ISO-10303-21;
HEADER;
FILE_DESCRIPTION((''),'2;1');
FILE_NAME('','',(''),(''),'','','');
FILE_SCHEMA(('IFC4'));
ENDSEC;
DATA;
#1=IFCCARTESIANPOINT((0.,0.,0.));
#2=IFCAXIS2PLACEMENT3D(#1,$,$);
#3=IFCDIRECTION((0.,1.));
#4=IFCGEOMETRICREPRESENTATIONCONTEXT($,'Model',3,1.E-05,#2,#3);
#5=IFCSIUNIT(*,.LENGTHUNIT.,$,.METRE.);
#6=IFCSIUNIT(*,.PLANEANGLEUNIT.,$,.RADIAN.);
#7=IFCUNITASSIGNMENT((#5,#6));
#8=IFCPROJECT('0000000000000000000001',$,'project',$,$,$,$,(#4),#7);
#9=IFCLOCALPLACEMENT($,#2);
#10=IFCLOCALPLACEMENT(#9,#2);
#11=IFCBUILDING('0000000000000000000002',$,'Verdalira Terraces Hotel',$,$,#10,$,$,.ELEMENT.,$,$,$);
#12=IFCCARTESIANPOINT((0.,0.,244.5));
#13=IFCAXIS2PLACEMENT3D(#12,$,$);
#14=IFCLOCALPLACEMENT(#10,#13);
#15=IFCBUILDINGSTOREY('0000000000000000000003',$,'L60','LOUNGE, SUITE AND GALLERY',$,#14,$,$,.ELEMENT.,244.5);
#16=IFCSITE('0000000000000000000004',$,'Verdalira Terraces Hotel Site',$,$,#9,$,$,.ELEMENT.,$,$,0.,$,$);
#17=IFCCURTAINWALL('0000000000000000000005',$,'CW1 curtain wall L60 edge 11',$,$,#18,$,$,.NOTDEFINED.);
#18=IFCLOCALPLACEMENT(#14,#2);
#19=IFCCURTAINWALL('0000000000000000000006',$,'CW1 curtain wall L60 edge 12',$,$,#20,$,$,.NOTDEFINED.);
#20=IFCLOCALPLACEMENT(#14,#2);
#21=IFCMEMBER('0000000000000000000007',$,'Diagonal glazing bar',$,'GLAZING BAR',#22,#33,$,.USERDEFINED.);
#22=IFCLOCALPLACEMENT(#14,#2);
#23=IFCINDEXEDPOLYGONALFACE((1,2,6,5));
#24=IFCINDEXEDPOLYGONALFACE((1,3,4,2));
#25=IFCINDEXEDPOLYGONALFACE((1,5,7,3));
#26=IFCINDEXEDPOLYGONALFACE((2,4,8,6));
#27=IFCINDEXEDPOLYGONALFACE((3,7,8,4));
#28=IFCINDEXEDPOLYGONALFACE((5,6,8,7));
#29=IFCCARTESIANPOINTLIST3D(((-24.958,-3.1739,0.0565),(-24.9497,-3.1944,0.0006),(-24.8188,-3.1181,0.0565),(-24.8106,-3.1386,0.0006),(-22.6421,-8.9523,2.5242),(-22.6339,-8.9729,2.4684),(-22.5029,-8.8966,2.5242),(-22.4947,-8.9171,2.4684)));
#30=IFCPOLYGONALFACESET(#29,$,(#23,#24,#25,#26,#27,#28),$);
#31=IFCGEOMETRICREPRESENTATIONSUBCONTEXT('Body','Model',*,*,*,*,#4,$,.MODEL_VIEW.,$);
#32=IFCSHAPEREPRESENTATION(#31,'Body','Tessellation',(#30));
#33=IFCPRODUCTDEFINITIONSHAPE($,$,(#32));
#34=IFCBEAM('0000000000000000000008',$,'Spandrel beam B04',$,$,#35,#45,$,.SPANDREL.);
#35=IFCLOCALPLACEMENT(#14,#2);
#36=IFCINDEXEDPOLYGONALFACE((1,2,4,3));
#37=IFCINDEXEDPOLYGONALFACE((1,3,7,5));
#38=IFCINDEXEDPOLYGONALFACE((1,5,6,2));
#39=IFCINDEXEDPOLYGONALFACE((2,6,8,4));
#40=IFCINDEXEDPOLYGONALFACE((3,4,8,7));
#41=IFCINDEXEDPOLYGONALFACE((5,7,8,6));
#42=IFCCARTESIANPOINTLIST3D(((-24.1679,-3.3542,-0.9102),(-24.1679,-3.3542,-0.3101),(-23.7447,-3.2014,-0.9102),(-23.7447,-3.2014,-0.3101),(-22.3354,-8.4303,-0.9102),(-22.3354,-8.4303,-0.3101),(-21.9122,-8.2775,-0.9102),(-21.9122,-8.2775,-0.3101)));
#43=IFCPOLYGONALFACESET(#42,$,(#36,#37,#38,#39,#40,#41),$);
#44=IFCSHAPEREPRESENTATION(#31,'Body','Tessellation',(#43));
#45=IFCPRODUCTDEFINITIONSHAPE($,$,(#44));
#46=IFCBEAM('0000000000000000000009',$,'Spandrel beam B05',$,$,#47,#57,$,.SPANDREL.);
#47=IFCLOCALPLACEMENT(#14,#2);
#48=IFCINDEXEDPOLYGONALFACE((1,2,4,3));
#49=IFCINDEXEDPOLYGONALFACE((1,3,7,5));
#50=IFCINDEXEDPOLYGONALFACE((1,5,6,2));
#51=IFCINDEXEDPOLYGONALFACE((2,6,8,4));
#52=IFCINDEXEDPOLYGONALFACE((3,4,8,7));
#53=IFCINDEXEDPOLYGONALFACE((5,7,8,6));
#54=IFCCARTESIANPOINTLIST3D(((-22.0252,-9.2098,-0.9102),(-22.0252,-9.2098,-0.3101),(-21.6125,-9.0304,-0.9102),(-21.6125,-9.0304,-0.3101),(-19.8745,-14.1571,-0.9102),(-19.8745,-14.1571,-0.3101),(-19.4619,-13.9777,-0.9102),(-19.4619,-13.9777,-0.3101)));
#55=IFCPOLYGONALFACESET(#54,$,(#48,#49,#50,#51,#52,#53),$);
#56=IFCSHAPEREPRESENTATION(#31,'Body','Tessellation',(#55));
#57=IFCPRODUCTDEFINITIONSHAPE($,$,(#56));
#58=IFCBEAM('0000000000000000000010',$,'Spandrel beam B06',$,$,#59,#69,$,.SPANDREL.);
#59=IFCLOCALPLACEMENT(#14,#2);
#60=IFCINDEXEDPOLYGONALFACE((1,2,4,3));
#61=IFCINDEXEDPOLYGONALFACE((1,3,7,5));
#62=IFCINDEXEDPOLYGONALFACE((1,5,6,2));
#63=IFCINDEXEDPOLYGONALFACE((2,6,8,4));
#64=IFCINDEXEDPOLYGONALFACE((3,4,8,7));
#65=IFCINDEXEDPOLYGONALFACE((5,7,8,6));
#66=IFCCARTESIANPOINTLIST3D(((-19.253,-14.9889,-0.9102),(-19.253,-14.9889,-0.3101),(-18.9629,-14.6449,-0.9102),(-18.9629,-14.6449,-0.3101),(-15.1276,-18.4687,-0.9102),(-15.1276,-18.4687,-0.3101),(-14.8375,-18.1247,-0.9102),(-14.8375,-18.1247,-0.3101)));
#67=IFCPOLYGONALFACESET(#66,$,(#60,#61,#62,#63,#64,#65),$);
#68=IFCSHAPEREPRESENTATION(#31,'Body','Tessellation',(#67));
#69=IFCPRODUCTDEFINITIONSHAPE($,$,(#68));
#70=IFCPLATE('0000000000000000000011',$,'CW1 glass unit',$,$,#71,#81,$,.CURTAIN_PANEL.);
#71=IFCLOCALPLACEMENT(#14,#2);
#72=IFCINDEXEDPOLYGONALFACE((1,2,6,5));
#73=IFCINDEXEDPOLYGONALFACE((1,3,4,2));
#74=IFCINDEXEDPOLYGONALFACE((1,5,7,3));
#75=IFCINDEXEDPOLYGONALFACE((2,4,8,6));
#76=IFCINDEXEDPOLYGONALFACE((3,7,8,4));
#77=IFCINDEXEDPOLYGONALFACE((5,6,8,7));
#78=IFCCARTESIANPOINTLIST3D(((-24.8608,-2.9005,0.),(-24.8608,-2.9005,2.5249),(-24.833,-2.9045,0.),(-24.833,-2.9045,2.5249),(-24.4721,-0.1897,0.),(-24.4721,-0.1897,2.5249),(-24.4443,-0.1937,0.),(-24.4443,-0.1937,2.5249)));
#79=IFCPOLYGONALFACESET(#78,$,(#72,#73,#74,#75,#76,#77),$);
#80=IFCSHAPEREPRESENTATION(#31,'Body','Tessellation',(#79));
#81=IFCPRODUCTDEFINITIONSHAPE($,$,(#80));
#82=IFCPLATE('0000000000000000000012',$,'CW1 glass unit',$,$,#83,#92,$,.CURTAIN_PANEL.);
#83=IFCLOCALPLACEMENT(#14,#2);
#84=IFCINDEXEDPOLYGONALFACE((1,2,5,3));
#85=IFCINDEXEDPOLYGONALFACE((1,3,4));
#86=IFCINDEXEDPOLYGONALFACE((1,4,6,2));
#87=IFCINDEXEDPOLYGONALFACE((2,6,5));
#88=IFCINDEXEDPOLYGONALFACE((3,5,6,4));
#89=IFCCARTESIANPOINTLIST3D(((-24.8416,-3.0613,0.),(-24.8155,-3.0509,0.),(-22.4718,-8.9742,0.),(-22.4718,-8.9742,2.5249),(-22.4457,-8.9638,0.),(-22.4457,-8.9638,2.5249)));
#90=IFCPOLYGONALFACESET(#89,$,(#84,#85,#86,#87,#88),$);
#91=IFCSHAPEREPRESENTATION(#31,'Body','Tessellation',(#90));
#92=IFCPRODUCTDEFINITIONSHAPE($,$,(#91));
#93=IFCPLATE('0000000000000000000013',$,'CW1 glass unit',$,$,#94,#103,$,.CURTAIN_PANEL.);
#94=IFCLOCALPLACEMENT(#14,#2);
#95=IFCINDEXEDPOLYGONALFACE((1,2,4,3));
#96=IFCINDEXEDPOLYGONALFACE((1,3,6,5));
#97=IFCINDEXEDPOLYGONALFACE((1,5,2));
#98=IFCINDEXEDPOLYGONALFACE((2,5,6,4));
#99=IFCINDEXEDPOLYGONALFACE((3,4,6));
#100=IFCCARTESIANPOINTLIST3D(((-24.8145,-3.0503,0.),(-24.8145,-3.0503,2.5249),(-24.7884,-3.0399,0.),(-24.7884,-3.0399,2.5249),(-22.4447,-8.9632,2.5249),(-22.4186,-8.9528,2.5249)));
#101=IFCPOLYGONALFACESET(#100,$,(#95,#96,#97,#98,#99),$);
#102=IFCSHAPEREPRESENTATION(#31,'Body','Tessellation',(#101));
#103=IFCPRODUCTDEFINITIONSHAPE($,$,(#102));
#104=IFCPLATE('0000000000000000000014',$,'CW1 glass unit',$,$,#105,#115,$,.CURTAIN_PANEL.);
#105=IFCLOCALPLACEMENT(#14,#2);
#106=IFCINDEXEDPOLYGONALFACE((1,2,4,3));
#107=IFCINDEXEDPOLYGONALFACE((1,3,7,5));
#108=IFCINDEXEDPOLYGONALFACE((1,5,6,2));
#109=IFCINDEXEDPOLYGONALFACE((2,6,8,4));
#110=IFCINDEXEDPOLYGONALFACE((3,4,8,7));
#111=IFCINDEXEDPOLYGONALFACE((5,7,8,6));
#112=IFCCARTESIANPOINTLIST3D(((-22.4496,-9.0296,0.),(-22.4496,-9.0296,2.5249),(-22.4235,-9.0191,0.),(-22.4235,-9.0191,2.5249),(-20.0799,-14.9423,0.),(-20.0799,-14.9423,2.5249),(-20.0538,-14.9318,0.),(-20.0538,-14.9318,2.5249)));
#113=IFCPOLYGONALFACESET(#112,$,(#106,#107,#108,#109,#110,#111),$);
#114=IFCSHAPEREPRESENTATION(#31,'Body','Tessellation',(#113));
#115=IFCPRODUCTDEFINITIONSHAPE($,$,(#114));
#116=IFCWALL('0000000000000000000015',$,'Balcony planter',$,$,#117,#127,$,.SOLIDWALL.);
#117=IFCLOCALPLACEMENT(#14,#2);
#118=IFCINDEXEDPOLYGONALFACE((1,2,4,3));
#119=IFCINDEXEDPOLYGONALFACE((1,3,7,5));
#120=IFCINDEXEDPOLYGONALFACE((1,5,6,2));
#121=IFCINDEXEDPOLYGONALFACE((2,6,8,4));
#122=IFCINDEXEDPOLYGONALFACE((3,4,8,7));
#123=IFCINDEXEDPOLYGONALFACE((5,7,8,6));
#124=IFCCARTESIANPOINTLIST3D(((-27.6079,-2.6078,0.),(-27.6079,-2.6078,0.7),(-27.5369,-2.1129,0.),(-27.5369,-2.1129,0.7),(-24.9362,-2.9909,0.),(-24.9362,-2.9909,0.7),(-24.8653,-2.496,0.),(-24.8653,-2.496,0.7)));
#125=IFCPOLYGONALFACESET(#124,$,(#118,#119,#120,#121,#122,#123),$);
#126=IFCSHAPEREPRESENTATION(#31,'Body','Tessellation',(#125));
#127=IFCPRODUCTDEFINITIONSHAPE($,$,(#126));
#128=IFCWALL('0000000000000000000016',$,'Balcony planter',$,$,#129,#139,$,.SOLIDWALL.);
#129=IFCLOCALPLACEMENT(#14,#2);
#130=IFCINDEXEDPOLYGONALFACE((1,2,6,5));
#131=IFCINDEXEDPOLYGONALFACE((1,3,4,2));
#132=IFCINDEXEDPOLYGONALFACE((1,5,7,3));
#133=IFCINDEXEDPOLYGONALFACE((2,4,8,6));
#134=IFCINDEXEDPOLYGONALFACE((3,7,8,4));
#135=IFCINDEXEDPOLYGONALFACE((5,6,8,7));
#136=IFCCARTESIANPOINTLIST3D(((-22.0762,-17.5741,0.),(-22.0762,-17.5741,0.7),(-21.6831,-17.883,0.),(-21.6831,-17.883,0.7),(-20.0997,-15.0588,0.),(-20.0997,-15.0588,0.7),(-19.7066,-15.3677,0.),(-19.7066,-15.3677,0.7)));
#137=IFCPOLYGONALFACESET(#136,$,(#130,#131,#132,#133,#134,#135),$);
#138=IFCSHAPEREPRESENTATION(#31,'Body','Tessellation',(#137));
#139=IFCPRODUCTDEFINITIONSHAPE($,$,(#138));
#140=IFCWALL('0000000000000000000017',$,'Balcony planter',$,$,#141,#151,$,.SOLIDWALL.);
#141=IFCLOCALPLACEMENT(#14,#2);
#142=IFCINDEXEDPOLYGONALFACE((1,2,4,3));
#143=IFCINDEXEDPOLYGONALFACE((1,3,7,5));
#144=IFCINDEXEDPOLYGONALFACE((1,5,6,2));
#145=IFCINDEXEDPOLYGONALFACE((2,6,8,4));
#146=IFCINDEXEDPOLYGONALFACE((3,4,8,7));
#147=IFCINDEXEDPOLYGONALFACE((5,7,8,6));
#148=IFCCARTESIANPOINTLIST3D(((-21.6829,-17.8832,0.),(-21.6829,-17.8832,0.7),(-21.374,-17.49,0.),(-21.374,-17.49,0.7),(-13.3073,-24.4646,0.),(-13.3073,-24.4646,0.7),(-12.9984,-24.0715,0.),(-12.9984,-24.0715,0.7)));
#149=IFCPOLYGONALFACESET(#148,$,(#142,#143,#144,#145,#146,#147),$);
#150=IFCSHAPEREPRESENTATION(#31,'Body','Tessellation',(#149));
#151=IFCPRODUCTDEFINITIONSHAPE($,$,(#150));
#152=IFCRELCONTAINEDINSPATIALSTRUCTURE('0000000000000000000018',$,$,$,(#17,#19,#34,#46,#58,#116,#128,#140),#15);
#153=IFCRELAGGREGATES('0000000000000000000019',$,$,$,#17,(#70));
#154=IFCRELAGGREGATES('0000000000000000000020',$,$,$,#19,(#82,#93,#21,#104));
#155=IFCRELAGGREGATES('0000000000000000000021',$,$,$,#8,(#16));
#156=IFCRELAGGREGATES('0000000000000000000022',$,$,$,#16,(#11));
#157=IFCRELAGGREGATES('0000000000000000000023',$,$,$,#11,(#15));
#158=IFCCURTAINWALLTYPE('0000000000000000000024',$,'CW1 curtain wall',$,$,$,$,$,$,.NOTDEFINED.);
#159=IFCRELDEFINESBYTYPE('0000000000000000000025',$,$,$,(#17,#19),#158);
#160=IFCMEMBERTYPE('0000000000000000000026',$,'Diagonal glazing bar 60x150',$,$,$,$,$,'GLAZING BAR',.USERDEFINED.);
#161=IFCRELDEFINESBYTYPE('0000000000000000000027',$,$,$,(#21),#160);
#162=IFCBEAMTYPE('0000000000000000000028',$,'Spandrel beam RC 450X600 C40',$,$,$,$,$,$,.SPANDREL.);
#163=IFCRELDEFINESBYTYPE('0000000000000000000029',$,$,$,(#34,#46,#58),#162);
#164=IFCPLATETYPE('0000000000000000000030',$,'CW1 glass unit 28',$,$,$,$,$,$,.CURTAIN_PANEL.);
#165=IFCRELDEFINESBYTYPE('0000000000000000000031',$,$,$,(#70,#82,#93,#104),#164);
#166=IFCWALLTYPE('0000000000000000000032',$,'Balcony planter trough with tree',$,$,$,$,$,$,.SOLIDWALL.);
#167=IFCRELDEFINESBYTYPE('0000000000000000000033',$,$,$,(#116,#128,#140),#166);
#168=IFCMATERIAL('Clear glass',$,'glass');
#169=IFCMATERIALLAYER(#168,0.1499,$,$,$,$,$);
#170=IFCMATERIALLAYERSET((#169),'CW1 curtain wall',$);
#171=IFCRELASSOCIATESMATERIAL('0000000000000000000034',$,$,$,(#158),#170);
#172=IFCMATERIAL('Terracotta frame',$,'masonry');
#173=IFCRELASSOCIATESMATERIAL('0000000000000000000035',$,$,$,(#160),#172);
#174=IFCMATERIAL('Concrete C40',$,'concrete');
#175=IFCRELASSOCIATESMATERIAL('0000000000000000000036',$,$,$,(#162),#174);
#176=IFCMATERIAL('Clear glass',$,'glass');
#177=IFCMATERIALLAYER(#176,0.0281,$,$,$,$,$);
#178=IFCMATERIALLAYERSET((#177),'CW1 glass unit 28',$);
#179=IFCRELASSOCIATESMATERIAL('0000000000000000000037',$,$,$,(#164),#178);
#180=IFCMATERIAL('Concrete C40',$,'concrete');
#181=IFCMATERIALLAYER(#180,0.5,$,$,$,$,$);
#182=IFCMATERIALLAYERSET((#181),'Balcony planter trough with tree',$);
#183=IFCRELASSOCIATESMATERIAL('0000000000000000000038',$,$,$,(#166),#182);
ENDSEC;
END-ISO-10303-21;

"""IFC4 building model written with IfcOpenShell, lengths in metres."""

from ifc_helpers import new_model, si_unit, direction, frame, frame_2d, origin, origin_2d, place, context, subcontext, project, spatial, polyline, rectangle, outline, extrude, material, layer, layer_set, material_profile, profile_set, type_object, element, aggregate, save


model = new_model("IFC4")

# Units and contexts
model_context = context("Model", 3, precision=1e-05, world=origin(), true_north=direction((0.0, 1.0)))
body_context = subcontext(model_context, "Body", "Model", "MODEL_VIEW")
ifc_project = project(units=[si_unit("LENGTHUNIT", "METRE"), si_unit("PLANEANGLEUNIT", "RADIAN")], contexts=[model_context])

# Site, building, storey
site_placement = place(None, origin())
site = spatial("IfcSite", under=ifc_project, at=site_placement, Name="Verdalira Terraces Hotel Site", CompositionType="ELEMENT", RefElevation=0.0)
building_placement = place(site_placement, origin())
building = spatial("IfcBuilding", under=site, at=building_placement, Name="Verdalira Terraces Hotel", CompositionType="ELEMENT")
storey_placement = place(building_placement, frame((0.0, 0.0, 244.5)))
storey = spatial("IfcBuildingStorey", under=building, at=storey_placement, Name="L60", Description="LOUNGE, SUITE AND GALLERY", CompositionType="ELEMENT", Elevation=244.5)

# Curtain wall
ifc_material_1 = material(Name="Clear glass", Category="glass")
ifc_layer_1 = layer(ifc_material_1, 0.1499)
ifc_layer_set_1 = layer_set([ifc_layer_1], Name="CW1 curtain wall")
curtain_wall_type = type_object("IfcCurtainWallType", Name="CW1 curtain wall", PredefinedType="NOTDEFINED", material=ifc_layer_set_1)
curtain_wall_1_placement = place(storey_placement, origin())
curtain_wall_1 = element("IfcCurtainWall", 1, at=curtain_wall_1_placement, inside=storey, type_object=curtain_wall_type, Name="CW1 curtain wall L60 edge 11", PredefinedType="NOTDEFINED")

# Curtain wall
curtain_wall_2_placement = place(storey_placement, origin())
curtain_wall_2 = element("IfcCurtainWall", 2, at=curtain_wall_2_placement, inside=storey, type_object=curtain_wall_type, Name="CW1 curtain wall L60 edge 12", PredefinedType="NOTDEFINED")

# Member
ifc_material_2 = material(Name="Terracotta frame", Category="masonry")
ifc_material_profile_1 = material_profile(ifc_material_2, rectangle(XDim=0.1499, YDim=0.0601, at=origin_2d()), Name="GB 60x150")
ifc_profile_set_1 = profile_set([ifc_material_profile_1], Name="Terracotta frame")
member_type_1 = type_object("IfcMemberType", Name="Diagonal glazing bar 60x150", ElementType="GLAZING BAR", PredefinedType="USERDEFINED", material=ifc_profile_set_1)
member_1_placement = place(storey_placement, frame((-24.8843, -3.1562, 0.0286), z_axis=(0.345832, -0.862903, 0.368508), x_axis=(0.928228, 0.372013, 0.0)))
member_1 = element("IfcMember", 3, at=member_1_placement, type_object=member_type_1, Name="Diagonal glazing bar", ObjectType="GLAZING BAR", PredefinedType="USERDEFINED", context=body_context, shape_type="SweptSolid", body=[
    extrude(rectangle(XDim=0.1499, YDim=0.0601, at=origin_2d()), origin(), (0.0, 0.0, 1.0), 6.6965),
])

# Beams
ifc_material_3 = material(Name="Concrete C40", Category="concrete")
ifc_material_profile_2 = material_profile(ifc_material_3, rectangle(XDim=0.45, YDim=0.6001, at=origin_2d()), Name="RC 450X600")
ifc_profile_set_2 = profile_set([ifc_material_profile_2], Name="Concrete C40")
beam_type_1 = type_object("IfcBeamType", Name="Spandrel beam RC 450X600 C40", PredefinedType="SPANDREL", material=ifc_profile_set_2)
beam_1_placement = place(storey_placement, frame((-23.9563, -3.2778, -0.6101), z_axis=(0.339556, -0.940586, 0.0), x_axis=(0.940586, 0.339556, 0.0)))
element("IfcBeam", 4, at=beam_1_placement, inside=storey, type_object=beam_type_1, Name="Spandrel beam B04", PredefinedType="SPANDREL", context=body_context, shape_type="SweptSolid", body=[
    extrude(rectangle(XDim=0.45, YDim=0.6001, at=origin_2d()), origin(), (0.0, 0.0, 1.0), 5.3967),
])
beam_2_placement = place(storey_placement, frame((-21.8188, -9.1201, -0.6101), z_axis=(0.398672, -0.917094, 0.0), x_axis=(0.917094, 0.398672, 0.0)))
element("IfcBeam", 5, at=beam_2_placement, inside=storey, type_object=beam_type_1, Name="Spandrel beam B05", PredefinedType="SPANDREL", context=body_context, shape_type="SweptSolid", body=[
    extrude(rectangle(XDim=0.45, YDim=0.6001, at=origin_2d()), origin(), (0.0, 0.0, 1.0), 5.3945),
])
beam_3_placement = place(storey_placement, frame((-19.1079, -14.8169, -0.6101), z_axis=(0.764377, -0.644769, 0.0), x_axis=(0.644769, 0.764377, 0.0)))
element("IfcBeam", 6, at=beam_3_placement, inside=storey, type_object=beam_type_1, Name="Spandrel beam B06", PredefinedType="SPANDREL", context=body_context, shape_type="SweptSolid", body=[
    extrude(rectangle(XDim=0.45, YDim=0.6001, at=origin_2d()), origin(), (0.0, 0.0, 1.0), 5.397),
])

# Plates
ifc_material_4 = material(Name="Clear glass", Category="glass")
ifc_layer_2 = layer(ifc_material_4, 0.0281)
ifc_layer_set_2 = layer_set([ifc_layer_2], Name="CW1 glass unit 28")
plate_type = type_object("IfcPlateType", Name="CW1 glass unit 28", PredefinedType="CURTAIN_PANEL", material=ifc_layer_set_2)
plate_1_placement = place(storey_placement, frame((-24.6526, -1.5471, 0.0), z_axis=(0.0, 0.0, 1.0), x_axis=(-0.141938, -0.989876, 0.0)))
plate_1 = element("IfcPlate", 7, at=plate_1_placement, type_object=plate_type, Name="CW1 glass unit", PredefinedType="CURTAIN_PANEL", context=body_context, shape_type="SweptSolid", body=[
    extrude(rectangle(XDim=2.7385, YDim=0.0281, at=origin_2d()), origin(), (0.0, 0.0, 1.0), 2.5249),
])
aggregate(curtain_wall_1, [plate_1])
plate_2_placement = place(storey_placement, frame((-23.6306, -6.0073, 1.2625), z_axis=(-0.928226, -0.372016, 0.0), x_axis=(0.372016, -0.928226, 0.0)))
plate_2 = element("IfcPlate", 8, at=plate_2_placement, type_object=plate_type, Name="CW1 glass unit", PredefinedType="CURTAIN_PANEL", context=body_context, shape_type="SweptSolid", body=[
    extrude(outline(polyline([(-3.1851, -1.2625), (3.1851, -1.2625), (3.1851, 1.2625), (-3.1851, -1.2625)])), origin(), (0.0, 0.0, 1.0), 0.0281),
])
plate_3_placement = place(storey_placement, frame((-23.6035, -5.9963, 1.2625), z_axis=(-0.928226, -0.372016, 0.0), x_axis=(0.372016, -0.928226, 0.0)))
plate_3 = element("IfcPlate", 9, at=plate_3_placement, type_object=plate_type, Name="CW1 glass unit", PredefinedType="CURTAIN_PANEL", context=body_context, shape_type="SweptSolid", body=[
    extrude(outline(polyline([(-3.1851, -1.2625), (3.1851, 1.2625), (-3.1851, 1.2625), (-3.1851, -1.2625)])), origin(), (0.0, 0.0, 1.0), 0.0281),
])
plate_4_placement = place(storey_placement, frame((-21.2517, -11.9807, 0.0), z_axis=(0.0, 0.0, 1.0), x_axis=(0.372016, -0.928226, 0.0)))
plate_4 = element("IfcPlate", 10, at=plate_4_placement, type_object=plate_type, Name="CW1 glass unit", PredefinedType="CURTAIN_PANEL", context=body_context, shape_type="SweptSolid", body=[
    extrude(rectangle(XDim=6.3699, YDim=0.0281, at=origin_2d()), origin(), (0.0, 0.0, 1.0), 2.5249),
])
aggregate(curtain_wall_2, [plate_2, plate_3, member_1, plate_4])

# Walls
ifc_material_5 = material(Name="Concrete C40", Category="concrete")
ifc_layer_3 = layer(ifc_material_5, 0.5)
ifc_layer_set_3 = layer_set([ifc_layer_3], Name="Balcony planter trough with tree")
wall_type = type_object("IfcWallType", Name="Balcony planter trough with tree", PredefinedType="SOLIDWALL", material=ifc_layer_set_3)
wall_1_placement = place(storey_placement, frame((-27.5725, -2.3604, 0.0), z_axis=(0.0, 0.0, 1.0), x_axis=(0.989877, -0.141928, 0.0)))
element("IfcWall", 11, at=wall_1_placement, inside=storey, type_object=wall_type, Name="Balcony planter", PredefinedType="SOLIDWALL", context=body_context, shape_type="SweptSolid", body=[
    extrude(rectangle(XDim=2.699, YDim=0.5, at=frame_2d((1.3496, 0.0))), origin(), (0.0, 0.0, 1.0), 0.7),
])
wall_2_placement = place(storey_placement, frame((-19.9031, -15.2131, 0.0), z_axis=(0.0, 0.0, 1.0), x_axis=(-0.617859, -0.786289, 0.0)))
element("IfcWall", 12, at=wall_2_placement, inside=storey, type_object=wall_type, Name="Balcony planter", PredefinedType="SOLIDWALL", context=body_context, shape_type="SweptSolid", body=[
    extrude(rectangle(XDim=3.199, YDim=0.5, at=frame_2d((1.5996, 0.0))), origin(), (0.0, 0.0, 1.0), 0.7),
])
wall_3_placement = place(storey_placement, frame((-21.5286, -17.6865, 0.0), z_axis=(0.0, 0.0, 1.0), x_axis=(0.786291, -0.617857, 0.0)))
element("IfcWall", 13, at=wall_3_placement, inside=storey, type_object=wall_type, Name="Balcony planter", PredefinedType="SOLIDWALL", context=body_context, shape_type="SweptSolid", body=[
    extrude(rectangle(XDim=10.6521, YDim=0.5, at=frame_2d((5.3262, 0.0))), origin(), (0.0, 0.0, 1.0), 0.7),
])

save(model, "model.ifc")
